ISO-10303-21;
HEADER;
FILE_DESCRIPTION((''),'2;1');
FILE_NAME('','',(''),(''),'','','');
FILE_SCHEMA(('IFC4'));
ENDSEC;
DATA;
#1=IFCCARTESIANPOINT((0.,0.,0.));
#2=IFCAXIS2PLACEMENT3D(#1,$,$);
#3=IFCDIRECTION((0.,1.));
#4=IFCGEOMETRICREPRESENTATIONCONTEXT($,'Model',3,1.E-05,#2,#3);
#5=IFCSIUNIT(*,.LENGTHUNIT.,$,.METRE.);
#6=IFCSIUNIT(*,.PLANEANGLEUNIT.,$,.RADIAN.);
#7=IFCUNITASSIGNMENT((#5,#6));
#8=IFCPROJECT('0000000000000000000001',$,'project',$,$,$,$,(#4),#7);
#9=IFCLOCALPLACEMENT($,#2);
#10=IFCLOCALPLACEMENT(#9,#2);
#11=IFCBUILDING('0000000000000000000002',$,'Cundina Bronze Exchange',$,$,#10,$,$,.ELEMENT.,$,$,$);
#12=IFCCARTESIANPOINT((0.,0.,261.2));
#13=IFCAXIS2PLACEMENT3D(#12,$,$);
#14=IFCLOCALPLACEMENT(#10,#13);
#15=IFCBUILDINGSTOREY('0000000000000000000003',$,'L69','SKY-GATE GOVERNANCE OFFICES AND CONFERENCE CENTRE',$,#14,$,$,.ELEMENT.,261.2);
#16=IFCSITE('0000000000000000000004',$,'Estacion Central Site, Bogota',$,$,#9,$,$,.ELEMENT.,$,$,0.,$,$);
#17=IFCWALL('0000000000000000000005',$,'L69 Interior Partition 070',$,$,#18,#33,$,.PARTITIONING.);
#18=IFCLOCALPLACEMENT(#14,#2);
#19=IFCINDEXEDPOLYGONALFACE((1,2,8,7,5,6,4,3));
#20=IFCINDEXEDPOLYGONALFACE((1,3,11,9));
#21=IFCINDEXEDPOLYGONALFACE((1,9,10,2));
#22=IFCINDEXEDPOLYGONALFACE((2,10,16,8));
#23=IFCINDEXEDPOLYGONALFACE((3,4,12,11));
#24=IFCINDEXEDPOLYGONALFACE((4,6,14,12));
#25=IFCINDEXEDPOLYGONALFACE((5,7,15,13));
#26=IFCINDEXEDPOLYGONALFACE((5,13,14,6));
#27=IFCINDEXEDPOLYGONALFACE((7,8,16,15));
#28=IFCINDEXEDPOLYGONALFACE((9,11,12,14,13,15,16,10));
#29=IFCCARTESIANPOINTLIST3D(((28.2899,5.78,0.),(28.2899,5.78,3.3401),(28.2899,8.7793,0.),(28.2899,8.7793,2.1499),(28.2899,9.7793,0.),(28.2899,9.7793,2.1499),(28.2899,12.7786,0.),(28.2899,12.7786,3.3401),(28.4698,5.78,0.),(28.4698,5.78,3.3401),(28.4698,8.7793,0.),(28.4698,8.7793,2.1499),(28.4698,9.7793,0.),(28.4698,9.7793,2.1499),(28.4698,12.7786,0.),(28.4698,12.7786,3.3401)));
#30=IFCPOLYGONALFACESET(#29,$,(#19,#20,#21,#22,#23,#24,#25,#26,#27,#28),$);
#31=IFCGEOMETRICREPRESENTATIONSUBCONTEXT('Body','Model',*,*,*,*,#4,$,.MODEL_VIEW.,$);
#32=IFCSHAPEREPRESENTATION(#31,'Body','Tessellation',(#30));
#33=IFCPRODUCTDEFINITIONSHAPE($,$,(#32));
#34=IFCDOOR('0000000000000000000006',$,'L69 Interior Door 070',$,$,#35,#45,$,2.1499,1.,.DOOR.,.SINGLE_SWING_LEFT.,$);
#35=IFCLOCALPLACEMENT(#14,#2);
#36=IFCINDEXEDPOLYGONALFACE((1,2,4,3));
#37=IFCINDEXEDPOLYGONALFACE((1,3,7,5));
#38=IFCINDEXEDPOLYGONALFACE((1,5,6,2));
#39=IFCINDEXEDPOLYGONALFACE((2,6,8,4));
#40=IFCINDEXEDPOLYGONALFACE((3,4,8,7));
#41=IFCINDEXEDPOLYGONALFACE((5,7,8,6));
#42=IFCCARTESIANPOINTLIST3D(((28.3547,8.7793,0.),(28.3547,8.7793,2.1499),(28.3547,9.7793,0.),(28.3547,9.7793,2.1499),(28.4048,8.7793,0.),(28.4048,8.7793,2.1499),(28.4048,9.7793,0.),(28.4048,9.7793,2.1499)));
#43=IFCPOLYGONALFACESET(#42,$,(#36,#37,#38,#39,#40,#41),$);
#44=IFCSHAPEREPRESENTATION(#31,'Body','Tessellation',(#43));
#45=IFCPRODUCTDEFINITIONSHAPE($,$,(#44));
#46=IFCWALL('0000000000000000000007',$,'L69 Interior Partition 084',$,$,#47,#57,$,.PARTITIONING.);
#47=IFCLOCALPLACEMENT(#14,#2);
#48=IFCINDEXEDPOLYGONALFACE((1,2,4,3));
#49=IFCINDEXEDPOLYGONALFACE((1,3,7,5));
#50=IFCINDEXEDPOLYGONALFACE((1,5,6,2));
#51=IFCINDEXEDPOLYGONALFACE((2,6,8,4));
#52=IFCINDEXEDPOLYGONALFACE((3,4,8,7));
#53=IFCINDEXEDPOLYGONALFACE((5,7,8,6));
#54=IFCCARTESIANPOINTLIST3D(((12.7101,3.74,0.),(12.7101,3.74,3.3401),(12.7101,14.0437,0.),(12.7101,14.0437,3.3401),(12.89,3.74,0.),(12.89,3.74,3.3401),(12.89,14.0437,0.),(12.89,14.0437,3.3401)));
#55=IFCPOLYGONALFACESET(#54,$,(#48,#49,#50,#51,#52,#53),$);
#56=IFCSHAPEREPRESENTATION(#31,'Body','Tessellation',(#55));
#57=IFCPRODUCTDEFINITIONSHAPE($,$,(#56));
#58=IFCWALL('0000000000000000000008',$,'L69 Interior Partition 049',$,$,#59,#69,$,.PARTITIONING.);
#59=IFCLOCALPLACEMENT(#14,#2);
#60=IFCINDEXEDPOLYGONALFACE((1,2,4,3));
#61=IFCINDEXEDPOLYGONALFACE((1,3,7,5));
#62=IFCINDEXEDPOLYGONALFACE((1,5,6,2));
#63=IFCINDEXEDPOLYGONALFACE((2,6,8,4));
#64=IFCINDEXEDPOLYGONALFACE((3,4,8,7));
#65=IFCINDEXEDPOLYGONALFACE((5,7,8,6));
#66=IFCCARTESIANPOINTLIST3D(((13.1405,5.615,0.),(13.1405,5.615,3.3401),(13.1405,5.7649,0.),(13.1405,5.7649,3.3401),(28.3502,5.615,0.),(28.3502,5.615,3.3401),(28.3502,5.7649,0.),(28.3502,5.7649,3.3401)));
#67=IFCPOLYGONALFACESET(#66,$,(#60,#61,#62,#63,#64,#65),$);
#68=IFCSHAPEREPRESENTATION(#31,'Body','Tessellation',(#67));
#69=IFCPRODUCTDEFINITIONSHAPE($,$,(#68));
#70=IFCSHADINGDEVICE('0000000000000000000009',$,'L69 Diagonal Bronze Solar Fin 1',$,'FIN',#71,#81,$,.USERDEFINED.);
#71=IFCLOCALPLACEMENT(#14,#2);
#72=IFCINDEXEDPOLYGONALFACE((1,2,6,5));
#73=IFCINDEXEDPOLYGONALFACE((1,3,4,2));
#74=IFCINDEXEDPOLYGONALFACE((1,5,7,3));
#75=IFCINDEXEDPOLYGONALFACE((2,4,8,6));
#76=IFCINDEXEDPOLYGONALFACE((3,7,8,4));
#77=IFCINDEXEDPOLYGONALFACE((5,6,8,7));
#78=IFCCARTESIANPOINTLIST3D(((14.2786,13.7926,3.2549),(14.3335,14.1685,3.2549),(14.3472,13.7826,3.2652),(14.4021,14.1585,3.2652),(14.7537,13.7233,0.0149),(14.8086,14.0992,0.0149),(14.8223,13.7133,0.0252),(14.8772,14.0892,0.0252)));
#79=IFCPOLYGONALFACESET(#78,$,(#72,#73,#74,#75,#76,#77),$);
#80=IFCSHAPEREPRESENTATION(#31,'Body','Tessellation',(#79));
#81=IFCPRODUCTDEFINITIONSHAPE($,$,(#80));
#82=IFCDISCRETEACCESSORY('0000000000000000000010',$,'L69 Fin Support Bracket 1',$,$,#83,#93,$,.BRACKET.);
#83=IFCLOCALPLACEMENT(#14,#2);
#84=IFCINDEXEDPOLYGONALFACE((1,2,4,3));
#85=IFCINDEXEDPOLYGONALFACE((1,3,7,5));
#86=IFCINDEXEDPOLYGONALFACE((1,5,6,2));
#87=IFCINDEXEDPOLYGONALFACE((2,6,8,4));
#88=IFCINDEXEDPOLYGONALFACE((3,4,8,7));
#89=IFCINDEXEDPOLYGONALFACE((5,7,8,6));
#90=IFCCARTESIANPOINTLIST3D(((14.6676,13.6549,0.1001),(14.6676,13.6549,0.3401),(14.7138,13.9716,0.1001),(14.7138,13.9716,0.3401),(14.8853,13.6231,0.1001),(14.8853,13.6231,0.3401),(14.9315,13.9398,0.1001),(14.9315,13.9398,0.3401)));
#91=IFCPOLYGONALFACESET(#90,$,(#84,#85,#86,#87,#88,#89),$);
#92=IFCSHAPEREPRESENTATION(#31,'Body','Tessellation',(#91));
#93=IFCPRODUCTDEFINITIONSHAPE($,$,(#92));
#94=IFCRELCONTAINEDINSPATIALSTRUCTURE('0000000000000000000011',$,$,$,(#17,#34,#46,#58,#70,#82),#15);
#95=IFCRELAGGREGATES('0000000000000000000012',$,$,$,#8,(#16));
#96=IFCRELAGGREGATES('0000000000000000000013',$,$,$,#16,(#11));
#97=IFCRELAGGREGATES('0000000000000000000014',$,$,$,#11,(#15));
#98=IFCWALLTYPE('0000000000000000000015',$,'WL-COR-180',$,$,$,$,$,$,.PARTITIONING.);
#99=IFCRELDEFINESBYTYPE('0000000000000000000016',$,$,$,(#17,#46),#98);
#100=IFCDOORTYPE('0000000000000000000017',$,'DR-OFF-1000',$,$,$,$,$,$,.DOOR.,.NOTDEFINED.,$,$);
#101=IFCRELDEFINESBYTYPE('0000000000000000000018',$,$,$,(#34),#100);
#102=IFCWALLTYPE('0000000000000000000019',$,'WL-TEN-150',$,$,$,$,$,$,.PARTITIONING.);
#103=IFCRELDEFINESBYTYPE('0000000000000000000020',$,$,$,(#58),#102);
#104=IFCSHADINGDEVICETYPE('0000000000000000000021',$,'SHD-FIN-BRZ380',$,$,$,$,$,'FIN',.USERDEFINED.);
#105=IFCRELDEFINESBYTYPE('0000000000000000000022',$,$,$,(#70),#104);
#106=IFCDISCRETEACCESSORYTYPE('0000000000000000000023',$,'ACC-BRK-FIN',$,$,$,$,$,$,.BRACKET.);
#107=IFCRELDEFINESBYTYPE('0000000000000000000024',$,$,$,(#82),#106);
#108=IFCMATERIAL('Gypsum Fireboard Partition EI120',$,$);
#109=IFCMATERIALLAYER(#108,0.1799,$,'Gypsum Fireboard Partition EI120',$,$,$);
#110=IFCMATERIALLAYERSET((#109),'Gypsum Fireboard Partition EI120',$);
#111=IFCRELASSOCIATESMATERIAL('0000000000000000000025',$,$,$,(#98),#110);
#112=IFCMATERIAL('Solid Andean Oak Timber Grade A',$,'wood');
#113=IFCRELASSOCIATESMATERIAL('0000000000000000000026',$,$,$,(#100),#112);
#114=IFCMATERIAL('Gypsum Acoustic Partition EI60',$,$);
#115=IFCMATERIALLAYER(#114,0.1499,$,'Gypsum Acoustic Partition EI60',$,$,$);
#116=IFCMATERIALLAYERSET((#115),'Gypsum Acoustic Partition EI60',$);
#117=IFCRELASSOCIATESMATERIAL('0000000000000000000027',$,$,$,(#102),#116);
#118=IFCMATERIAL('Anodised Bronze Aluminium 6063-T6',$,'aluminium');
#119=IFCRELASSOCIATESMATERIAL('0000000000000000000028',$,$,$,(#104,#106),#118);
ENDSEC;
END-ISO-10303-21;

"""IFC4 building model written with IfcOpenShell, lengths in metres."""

from ifc_helpers import new_model, si_unit, direction, frame, frame_2d, origin, origin_2d, place, context, subcontext, project, spatial, rectangle, extrude, material, layer, layer_set, material_profile, profile_set, type_object, element, fill, save


model = new_model("IFC4")

# Units and contexts
model_context = context("Model", 3, precision=1e-05, world=origin(), true_north=direction((0.0, 1.0)))
body_context = subcontext(model_context, "Body", "Model", "MODEL_VIEW")
ifc_project = project(units=[si_unit("LENGTHUNIT", "METRE"), si_unit("PLANEANGLEUNIT", "RADIAN")], contexts=[model_context])

# Site, building, storey
site_placement = place(None, origin())
site = spatial("IfcSite", under=ifc_project, at=site_placement, Name="Estacion Central Site, Bogota", CompositionType="ELEMENT", RefElevation=0.0)
building_placement = place(site_placement, origin())
building = spatial("IfcBuilding", under=site, at=building_placement, Name="Cundina Bronze Exchange", CompositionType="ELEMENT")
storey_placement = place(building_placement, frame((0.0, 0.0, 261.2)))
storey = spatial("IfcBuildingStorey", under=building, at=storey_placement, Name="L69", Description="SKY-GATE GOVERNANCE OFFICES AND CONFERENCE CENTRE", CompositionType="ELEMENT", Elevation=261.2)

# Shared definitions
ifc_material_1 = material(Name="Anodised Bronze Aluminium 6063-T6", Category="aluminium")

# Shared definitions
ifc_material_2 = material(Name="Gypsum Fireboard Partition EI120")
ifc_layer_1 = layer(ifc_material_2, 0.1799, Name="Gypsum Fireboard Partition EI120")
ifc_layer_set_1 = layer_set([ifc_layer_1], Name="Gypsum Fireboard Partition EI120")
wall_type_1 = type_object("IfcWallType", Name="WL-COR-180", PredefinedType="PARTITIONING", material=ifc_layer_set_1)

# Wall, opening, door
wall_1_placement = place(storey_placement, frame((28.3799, 12.7786, 0.0), z_axis=(0.0, 0.0, 1.0), x_axis=(0.0, -1.0, 0.0)))
wall_1 = element("IfcWall", 1, at=wall_1_placement, inside=storey, type_object=wall_type_1, Name="L69 Interior Partition 070", PredefinedType="PARTITIONING", context=body_context, shape_type="SweptSolid", body=[
    extrude(rectangle(XDim=6.9985, YDim=0.1799, at=frame_2d((3.4993, 0.0))), origin(), (0.0, 0.0, 1.0), 3.3401),
])
opening_placement = place(wall_1_placement, frame((2.9993, 0.0, 0.0)))
opening = element("IfcOpeningElement", 2, at=opening_placement, cuts=wall_1, PredefinedType="OPENING", context=body_context, shape_type="SweptSolid", body=[
    extrude(rectangle(XDim=1.0, YDim=2.1499, at=frame_2d((0.5, 1.075))), frame((0.0, 0.0999, 0.0), z_axis=(0.0, -1.0, 0.0), x_axis=(1.0, 0.0, 0.0)), (0.0, 0.0, 1.0), 0.2),
])
ifc_material_3 = material(Name="Solid Andean Oak Timber Grade A", Category="wood")
door_type = type_object("IfcDoorType", Name="DR-OFF-1000", OperationType="NOTDEFINED", PredefinedType="DOOR", material=ifc_material_3)
door_placement = place(opening_placement, origin())
door = element("IfcDoor", 3, at=door_placement, inside=storey, type_object=door_type, Name="L69 Interior Door 070", OperationType="SINGLE_SWING_LEFT", OverallHeight=2.1499, OverallWidth=1.0, PredefinedType="DOOR", context=body_context, shape_type="SweptSolid", body=[
    extrude(rectangle(XDim=1.0, YDim=2.1499, at=frame_2d((0.5, 1.075))), frame((0.0, 0.0249, 0.0), z_axis=(0.0, -1.0, 0.0), x_axis=(1.0, 0.0, 0.0)), (0.0, 0.0, 1.0), 0.05),
])
fill(opening, door)

# Walls
wall_2_placement = place(storey_placement, frame((12.8, 3.74, 0.0), z_axis=(0.0, 0.0, 1.0), x_axis=(0.0, 1.0, 0.0)))
element("IfcWall", 4, at=wall_2_placement, inside=storey, type_object=wall_type_1, Name="L69 Interior Partition 084", PredefinedType="PARTITIONING", context=body_context, shape_type="SweptSolid", body=[
    extrude(rectangle(XDim=10.3037, YDim=0.1799, at=frame_2d((5.1519, 0.0))), origin(), (0.0, 0.0, 1.0), 3.3401),
])
ifc_material_4 = material(Name="Gypsum Acoustic Partition EI60")
ifc_layer_2 = layer(ifc_material_4, 0.1499, Name="Gypsum Acoustic Partition EI60")
ifc_layer_set_2 = layer_set([ifc_layer_2], Name="Gypsum Acoustic Partition EI60")
wall_type_2 = type_object("IfcWallType", Name="WL-TEN-150", PredefinedType="PARTITIONING", material=ifc_layer_set_2)
wall_3_placement = place(storey_placement, frame((13.1404, 5.6899, 0.0), z_axis=(0.0, 0.0, 1.0), x_axis=(1.0, 0.0, 0.0)))
element("IfcWall", 5, at=wall_3_placement, inside=storey, type_object=wall_type_2, Name="L69 Interior Partition 049", PredefinedType="PARTITIONING", context=body_context, shape_type="SweptSolid", body=[
    extrude(rectangle(XDim=15.2097, YDim=0.1499, at=frame_2d((7.605, 0.0))), origin(), (0.0, 0.0, 1.0), 3.3401),
])

# Shading device
ifc_material_profile_1 = material_profile(ifc_material_1, rectangle(XDim=0.0701, YDim=0.3799, at=origin_2d()), Name="FIN70X380", Category="aluminium")
ifc_profile_set_1 = profile_set([ifc_material_profile_1], Name="Anodised Bronze Aluminium 6063-T6")
shading_device_type = type_object("IfcShadingDeviceType", Name="SHD-FIN-BRZ380", ElementType="FIN", PredefinedType="USERDEFINED", material=ifc_profile_set_1)
shading_device_placement = place(storey_placement, frame((14.8154, 13.9062, 0.02), z_axis=(-0.145052, 0.021169, 0.989198), x_axis=(0.978829, -0.142851, 0.146588)))
element("IfcShadingDevice", 6, at=shading_device_placement, inside=storey, type_object=shading_device_type, Name="L69 Diagonal Bronze Solar Fin 1", ObjectType="FIN", PredefinedType="USERDEFINED", context=body_context, shape_type="SweptSolid", body=[
    extrude(rectangle(XDim=0.0701, YDim=0.3799, at=origin_2d()), origin(), (0.0, 0.0, 1.0), 3.2754),
])

# Discrete accessory
discrete_accessory_type = type_object("IfcDiscreteAccessoryType", Name="ACC-BRK-FIN", PredefinedType="BRACKET", material=ifc_material_1)
discrete_accessory_placement = place(storey_placement, frame((14.7996, 13.7974, 0.1001), z_axis=(0.0, 0.0, 1.0), x_axis=(-0.989528, 0.144339, 0.0)))
element("IfcDiscreteAccessory", 7, at=discrete_accessory_placement, inside=storey, type_object=discrete_accessory_type, Name="L69 Fin Support Bracket 1", PredefinedType="BRACKET", context=body_context, shape_type="SweptSolid", body=[
    extrude(rectangle(XDim=0.22, YDim=0.3201, at=origin_2d()), origin(), (0.0, 0.0, 1.0), 0.24),
])

save(model, "model.ifc")
